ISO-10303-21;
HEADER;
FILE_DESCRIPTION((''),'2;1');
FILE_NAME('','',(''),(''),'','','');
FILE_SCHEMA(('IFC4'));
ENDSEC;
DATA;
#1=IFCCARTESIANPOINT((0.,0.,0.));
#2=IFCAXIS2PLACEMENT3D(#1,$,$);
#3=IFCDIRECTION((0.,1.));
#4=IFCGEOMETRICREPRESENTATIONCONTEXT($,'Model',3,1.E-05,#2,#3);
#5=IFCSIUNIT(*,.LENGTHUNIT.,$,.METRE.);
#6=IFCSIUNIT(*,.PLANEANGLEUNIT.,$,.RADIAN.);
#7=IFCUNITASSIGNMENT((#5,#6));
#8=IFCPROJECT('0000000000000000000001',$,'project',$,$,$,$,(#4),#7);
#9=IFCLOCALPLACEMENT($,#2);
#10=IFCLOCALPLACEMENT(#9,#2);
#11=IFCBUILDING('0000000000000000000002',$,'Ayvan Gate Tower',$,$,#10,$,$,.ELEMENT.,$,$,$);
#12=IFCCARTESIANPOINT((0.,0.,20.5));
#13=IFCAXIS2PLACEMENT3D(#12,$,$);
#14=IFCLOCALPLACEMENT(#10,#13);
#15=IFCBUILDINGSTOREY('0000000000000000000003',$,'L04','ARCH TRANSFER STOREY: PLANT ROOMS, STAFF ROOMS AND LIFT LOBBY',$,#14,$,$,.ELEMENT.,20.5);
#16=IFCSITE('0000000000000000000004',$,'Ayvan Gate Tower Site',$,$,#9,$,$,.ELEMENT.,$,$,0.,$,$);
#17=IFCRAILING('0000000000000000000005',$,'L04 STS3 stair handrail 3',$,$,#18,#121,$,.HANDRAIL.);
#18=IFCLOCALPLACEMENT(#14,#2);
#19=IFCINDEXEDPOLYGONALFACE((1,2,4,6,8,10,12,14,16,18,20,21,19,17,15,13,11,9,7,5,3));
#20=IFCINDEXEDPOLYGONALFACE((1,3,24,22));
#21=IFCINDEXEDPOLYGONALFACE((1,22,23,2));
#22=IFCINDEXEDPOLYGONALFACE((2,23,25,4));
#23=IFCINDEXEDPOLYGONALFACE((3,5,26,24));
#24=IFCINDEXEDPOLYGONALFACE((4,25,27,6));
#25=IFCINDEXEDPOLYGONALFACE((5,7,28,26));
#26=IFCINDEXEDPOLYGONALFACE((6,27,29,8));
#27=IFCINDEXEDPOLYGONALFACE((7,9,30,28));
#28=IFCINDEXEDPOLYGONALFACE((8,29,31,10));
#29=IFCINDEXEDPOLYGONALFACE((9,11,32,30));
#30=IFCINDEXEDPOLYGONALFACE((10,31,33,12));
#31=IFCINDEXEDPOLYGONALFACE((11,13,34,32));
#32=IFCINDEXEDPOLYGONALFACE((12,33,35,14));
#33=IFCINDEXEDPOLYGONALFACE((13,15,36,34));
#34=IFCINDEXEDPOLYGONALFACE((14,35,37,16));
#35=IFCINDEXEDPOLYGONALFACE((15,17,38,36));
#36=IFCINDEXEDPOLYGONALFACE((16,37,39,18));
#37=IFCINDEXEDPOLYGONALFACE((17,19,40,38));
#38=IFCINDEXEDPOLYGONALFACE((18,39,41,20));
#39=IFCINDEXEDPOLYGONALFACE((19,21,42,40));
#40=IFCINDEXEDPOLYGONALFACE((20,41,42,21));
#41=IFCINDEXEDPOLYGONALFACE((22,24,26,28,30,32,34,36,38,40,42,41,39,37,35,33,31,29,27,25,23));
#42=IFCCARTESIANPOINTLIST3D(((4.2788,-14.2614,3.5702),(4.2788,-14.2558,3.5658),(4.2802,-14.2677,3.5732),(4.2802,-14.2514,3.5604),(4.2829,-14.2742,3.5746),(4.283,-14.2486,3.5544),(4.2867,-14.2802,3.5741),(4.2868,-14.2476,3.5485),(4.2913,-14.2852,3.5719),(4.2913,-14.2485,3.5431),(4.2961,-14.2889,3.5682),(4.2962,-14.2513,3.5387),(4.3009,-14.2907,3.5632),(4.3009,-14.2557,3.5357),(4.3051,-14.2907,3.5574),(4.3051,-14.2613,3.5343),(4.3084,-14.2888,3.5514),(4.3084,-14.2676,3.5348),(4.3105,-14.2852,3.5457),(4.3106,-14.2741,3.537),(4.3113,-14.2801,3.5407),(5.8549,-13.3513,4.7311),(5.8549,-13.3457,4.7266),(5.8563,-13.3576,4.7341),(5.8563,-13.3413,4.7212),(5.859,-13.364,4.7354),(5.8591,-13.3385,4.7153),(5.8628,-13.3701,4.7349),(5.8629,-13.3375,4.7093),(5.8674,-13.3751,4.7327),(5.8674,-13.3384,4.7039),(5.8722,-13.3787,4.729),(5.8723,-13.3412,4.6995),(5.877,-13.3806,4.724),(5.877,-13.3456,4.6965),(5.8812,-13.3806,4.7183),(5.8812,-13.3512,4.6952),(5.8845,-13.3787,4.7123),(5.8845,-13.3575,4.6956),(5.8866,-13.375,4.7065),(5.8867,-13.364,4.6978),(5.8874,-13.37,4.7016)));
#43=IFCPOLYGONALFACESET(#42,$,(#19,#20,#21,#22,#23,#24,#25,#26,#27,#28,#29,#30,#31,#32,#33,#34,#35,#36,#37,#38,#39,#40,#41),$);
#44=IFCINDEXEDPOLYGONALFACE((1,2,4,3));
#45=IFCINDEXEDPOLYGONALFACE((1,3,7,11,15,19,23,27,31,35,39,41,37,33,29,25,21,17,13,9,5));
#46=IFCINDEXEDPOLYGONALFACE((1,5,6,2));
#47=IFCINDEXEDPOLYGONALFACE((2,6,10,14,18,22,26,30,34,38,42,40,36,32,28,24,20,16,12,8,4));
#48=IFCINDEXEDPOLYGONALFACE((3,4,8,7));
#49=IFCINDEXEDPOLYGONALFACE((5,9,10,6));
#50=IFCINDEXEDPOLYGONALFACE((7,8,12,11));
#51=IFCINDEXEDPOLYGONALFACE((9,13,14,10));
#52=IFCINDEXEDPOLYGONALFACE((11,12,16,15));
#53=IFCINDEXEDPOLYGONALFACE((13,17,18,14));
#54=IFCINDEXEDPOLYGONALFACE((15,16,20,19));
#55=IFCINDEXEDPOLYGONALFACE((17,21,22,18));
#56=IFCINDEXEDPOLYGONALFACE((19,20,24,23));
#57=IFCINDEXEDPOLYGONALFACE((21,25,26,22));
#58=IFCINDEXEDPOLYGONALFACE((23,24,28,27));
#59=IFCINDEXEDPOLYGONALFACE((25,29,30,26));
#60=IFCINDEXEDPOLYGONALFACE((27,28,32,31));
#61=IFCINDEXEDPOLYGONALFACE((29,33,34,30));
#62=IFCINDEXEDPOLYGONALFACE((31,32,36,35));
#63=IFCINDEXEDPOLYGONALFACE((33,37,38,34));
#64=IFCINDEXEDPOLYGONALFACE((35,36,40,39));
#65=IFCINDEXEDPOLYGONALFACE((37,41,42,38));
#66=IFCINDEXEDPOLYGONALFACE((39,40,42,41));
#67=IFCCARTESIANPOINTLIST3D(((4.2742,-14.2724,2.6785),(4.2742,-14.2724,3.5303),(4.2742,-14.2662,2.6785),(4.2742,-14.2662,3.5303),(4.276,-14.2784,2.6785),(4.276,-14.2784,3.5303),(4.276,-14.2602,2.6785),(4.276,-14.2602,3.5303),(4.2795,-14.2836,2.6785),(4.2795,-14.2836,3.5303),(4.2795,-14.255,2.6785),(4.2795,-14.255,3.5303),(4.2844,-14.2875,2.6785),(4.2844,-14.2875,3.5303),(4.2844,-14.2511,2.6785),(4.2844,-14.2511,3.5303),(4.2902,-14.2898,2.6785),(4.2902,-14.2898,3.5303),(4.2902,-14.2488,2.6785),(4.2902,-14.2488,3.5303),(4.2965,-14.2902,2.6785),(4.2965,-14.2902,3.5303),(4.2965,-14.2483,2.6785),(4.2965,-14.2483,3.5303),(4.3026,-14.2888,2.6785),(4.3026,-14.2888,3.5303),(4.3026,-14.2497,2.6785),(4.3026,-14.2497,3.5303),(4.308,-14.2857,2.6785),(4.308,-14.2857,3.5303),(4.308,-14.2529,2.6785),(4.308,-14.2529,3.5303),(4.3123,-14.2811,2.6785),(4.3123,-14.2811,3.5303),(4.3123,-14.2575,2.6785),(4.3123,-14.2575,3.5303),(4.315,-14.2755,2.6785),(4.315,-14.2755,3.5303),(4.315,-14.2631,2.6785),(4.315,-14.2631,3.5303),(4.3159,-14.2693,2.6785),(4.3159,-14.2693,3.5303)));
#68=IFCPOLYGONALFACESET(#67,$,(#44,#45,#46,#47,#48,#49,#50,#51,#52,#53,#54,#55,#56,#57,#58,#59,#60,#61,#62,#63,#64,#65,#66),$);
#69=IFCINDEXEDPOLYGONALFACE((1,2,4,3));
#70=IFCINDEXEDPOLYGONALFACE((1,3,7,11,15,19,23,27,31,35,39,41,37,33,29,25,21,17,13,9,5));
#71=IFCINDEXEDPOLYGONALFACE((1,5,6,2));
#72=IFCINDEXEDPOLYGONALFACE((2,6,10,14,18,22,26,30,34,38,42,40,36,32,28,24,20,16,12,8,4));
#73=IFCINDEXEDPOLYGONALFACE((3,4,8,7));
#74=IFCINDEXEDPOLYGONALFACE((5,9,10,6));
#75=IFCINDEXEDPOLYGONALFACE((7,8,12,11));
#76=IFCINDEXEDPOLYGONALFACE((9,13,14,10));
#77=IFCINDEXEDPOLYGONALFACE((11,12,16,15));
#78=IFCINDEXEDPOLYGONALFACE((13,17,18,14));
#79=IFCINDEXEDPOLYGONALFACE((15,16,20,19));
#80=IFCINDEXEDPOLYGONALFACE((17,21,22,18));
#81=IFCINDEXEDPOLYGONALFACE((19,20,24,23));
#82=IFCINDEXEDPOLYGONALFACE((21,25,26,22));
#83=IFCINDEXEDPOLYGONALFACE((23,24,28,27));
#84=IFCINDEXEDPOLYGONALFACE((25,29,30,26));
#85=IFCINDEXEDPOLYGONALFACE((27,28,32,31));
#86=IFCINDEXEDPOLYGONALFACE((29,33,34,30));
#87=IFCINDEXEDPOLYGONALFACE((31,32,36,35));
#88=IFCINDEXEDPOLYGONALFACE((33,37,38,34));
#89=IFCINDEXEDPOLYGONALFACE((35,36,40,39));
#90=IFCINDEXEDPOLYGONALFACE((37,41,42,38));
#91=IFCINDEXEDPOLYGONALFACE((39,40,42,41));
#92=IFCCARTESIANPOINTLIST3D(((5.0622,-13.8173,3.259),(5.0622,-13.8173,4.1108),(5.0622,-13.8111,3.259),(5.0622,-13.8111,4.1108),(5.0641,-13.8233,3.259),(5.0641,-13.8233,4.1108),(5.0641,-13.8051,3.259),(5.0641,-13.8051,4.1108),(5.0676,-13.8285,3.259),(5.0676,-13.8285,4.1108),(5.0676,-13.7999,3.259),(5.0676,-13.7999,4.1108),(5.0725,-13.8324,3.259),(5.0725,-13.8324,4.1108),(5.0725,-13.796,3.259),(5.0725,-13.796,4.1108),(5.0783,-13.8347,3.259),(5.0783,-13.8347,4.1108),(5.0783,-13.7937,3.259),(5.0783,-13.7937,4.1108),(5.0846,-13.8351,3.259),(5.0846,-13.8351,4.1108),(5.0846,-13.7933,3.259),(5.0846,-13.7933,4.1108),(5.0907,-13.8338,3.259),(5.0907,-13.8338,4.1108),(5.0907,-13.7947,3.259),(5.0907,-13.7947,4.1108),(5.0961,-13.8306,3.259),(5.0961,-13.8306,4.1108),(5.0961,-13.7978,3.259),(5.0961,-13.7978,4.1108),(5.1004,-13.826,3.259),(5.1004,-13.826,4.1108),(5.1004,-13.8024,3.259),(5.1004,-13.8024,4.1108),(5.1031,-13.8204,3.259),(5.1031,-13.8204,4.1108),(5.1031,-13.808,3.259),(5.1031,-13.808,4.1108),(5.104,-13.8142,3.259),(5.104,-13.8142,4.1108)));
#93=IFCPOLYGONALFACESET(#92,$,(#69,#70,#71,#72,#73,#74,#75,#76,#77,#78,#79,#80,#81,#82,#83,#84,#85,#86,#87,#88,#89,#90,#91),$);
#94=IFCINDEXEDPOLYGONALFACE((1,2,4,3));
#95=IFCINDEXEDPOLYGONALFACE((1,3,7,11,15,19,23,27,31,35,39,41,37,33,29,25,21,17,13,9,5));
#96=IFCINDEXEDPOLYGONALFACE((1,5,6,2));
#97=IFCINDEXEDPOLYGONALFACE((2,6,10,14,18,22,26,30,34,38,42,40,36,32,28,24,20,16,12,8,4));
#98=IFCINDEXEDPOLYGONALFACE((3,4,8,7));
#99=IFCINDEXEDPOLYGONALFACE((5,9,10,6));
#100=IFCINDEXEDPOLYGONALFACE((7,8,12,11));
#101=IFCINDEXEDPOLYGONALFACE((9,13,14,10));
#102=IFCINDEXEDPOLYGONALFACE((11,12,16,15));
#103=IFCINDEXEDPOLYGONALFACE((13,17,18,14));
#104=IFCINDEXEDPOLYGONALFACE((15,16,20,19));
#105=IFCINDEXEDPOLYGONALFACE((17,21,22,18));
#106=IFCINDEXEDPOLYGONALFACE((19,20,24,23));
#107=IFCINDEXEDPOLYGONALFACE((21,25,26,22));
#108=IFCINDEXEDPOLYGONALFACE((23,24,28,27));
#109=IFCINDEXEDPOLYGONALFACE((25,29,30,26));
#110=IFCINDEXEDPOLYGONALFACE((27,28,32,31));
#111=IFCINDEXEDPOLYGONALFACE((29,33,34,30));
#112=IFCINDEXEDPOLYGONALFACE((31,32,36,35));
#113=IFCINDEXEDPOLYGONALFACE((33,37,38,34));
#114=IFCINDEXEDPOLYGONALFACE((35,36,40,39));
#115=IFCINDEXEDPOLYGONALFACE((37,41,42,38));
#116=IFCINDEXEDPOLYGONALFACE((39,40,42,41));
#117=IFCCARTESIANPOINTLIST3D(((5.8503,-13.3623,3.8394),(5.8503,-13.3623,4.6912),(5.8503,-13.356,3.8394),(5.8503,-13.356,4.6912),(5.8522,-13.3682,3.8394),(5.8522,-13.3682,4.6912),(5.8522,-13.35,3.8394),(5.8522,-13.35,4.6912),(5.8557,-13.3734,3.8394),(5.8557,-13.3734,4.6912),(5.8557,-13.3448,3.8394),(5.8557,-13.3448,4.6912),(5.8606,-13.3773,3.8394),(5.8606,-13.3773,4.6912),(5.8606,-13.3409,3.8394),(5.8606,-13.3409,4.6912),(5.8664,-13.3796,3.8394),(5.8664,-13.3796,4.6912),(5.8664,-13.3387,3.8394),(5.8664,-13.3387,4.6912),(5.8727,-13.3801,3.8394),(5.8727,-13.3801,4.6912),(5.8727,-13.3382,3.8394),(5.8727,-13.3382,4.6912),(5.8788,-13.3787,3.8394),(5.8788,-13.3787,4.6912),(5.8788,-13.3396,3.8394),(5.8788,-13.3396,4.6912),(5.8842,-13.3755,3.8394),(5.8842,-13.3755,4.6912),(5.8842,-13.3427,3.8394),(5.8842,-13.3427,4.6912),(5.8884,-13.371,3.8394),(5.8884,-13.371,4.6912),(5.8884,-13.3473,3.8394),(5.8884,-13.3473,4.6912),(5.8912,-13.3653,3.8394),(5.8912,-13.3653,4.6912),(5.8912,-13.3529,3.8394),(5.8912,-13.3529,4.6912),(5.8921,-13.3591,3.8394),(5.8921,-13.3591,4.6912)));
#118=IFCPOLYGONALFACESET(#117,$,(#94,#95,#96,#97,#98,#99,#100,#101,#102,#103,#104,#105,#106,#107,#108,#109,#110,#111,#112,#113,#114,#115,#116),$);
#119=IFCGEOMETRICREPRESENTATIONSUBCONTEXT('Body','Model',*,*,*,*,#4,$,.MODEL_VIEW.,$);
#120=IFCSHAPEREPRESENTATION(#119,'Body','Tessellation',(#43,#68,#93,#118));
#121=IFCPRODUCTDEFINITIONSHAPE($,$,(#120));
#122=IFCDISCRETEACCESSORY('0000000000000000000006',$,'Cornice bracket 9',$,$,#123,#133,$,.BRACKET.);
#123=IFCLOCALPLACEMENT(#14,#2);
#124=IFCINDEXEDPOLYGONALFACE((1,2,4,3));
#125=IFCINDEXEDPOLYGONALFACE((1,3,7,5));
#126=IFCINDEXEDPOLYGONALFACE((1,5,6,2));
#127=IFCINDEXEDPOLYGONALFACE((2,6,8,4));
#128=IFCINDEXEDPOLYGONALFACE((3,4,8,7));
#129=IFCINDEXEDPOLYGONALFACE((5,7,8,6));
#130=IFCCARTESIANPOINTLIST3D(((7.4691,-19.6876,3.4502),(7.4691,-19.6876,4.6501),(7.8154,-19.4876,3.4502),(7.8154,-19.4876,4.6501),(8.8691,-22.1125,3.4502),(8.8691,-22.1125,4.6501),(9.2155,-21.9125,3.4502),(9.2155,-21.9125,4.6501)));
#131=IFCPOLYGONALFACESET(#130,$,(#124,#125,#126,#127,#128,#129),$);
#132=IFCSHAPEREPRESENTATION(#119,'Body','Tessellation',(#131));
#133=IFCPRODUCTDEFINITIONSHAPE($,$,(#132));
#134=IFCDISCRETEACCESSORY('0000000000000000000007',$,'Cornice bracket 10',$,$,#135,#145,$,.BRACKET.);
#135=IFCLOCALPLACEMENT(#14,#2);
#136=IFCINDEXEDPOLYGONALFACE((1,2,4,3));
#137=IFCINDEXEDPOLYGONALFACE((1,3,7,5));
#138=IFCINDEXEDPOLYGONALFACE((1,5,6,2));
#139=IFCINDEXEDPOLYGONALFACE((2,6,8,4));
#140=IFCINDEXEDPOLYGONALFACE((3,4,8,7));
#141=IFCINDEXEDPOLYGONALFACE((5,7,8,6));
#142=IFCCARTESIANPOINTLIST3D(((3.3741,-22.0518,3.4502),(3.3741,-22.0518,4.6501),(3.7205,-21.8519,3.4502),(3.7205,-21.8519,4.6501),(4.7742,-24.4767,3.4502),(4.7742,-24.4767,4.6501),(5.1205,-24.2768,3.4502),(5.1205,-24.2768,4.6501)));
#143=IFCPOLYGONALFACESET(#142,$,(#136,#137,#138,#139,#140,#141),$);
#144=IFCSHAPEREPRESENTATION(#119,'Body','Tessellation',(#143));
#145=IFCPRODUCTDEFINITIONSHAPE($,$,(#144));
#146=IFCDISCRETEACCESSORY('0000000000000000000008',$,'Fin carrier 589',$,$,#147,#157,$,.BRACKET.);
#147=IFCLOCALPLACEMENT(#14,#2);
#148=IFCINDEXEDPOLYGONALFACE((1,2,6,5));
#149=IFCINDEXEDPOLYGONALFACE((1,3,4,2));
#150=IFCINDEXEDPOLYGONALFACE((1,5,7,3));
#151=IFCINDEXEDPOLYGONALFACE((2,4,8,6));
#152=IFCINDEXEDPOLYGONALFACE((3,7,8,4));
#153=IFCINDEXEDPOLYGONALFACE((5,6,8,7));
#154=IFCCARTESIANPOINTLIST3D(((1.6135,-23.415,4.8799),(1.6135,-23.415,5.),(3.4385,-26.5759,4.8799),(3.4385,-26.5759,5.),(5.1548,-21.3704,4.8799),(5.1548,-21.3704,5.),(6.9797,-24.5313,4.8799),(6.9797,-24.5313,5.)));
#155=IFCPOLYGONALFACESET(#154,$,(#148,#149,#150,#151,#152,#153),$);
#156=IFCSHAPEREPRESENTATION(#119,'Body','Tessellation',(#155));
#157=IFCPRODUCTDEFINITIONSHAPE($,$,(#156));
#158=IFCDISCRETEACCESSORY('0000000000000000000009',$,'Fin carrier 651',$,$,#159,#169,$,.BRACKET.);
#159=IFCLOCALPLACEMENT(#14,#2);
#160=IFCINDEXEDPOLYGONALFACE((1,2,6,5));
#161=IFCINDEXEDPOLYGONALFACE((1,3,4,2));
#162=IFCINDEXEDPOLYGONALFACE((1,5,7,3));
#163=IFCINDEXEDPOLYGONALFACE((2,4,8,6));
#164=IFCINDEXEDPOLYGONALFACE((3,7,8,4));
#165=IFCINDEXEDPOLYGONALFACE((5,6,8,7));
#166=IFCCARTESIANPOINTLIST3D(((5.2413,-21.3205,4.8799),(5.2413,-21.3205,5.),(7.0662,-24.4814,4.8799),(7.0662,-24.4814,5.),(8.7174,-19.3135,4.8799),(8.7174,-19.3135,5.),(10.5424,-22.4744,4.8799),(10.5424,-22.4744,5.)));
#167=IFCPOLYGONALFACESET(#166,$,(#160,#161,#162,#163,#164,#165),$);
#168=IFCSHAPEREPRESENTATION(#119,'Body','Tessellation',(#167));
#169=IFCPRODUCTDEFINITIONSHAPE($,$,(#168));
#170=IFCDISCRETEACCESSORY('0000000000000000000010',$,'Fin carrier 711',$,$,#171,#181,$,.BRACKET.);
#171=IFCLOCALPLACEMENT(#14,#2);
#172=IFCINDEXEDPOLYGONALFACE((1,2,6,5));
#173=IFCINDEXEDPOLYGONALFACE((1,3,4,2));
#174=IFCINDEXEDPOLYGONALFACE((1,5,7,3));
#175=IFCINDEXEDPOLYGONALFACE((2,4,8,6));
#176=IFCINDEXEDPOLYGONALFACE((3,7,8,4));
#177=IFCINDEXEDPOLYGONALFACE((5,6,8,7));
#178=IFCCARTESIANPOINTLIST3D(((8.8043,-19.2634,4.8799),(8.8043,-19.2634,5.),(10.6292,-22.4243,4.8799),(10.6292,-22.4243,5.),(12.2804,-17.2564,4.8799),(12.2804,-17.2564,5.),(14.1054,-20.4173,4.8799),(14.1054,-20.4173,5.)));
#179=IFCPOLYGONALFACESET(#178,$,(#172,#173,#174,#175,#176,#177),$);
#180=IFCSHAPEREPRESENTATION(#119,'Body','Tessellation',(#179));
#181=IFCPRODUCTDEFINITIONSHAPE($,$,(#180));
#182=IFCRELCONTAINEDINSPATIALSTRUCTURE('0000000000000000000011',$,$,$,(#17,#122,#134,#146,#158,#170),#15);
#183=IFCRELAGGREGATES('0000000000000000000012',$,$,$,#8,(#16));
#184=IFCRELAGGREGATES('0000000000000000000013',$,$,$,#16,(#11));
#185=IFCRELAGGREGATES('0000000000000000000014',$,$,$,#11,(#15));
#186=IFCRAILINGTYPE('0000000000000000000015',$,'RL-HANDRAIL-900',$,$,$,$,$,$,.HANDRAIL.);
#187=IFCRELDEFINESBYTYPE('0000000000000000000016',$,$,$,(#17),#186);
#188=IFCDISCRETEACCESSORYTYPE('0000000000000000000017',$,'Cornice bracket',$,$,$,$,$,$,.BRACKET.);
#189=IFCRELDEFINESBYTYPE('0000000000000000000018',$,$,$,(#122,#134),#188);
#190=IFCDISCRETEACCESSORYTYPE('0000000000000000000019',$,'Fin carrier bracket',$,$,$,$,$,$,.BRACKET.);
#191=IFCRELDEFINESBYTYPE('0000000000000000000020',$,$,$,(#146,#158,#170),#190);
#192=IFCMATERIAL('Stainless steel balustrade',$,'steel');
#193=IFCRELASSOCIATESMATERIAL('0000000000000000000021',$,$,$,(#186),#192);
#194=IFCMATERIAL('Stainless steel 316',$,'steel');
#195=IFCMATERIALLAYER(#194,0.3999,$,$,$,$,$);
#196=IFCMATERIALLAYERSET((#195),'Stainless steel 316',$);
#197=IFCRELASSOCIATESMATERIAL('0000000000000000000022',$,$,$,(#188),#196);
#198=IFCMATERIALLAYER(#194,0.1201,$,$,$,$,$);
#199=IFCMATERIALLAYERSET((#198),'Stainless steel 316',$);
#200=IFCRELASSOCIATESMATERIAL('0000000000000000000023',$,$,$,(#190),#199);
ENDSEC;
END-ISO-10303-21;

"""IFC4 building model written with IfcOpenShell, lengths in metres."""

from ifc_helpers import new_model, si_unit, direction, frame, origin, origin_2d, place, context, subcontext, project, spatial, rectangle, circle, extrude, material, layer, layer_set, type_object, element, save


model = new_model("IFC4")

# Units and contexts
model_context = context("Model", 3, precision=1e-05, world=origin(), true_north=direction((0.0, 1.0)))
body_context = subcontext(model_context, "Body", "Model", "MODEL_VIEW")
ifc_project = project(units=[si_unit("LENGTHUNIT", "METRE"), si_unit("PLANEANGLEUNIT", "RADIAN")], contexts=[model_context])

# Site, building, storey
site_placement = place(None, origin())
site = spatial("IfcSite", under=ifc_project, at=site_placement, Name="Ayvan Gate Tower Site", CompositionType="ELEMENT", RefElevation=0.0)
building_placement = place(site_placement, origin())
building = spatial("IfcBuilding", under=site, at=building_placement, Name="Ayvan Gate Tower", CompositionType="ELEMENT")
storey_placement = place(building_placement, frame((0.0, 0.0, 20.5)))
storey = spatial("IfcBuildingStorey", under=building, at=storey_placement, Name="L04", Description="ARCH TRANSFER STOREY: PLANT ROOMS, STAFF ROOMS AND LIFT LOBBY", CompositionType="ELEMENT", Elevation=20.5)

# Railing
ifc_material_1 = material(Name="Stainless steel balustrade", Category="steel")
railing_type = type_object("IfcRailingType", Name="RL-HANDRAIL-900", PredefinedType="HANDRAIL", material=ifc_material_1)
railing_placement = place(storey_placement, frame((4.2949, -14.2693, 2.6785)))
element("IfcRailing", 1, at=railing_placement, inside=storey, type_object=railing_type, Name="L04 STS3 stair handrail 3", PredefinedType="HANDRAIL", context=body_context, shape_type="SweptSolid", body=[
    extrude(circle(Radius=0.0239, at=origin_2d()), frame((0.0, 0.0, 0.876), z_axis=(0.730119, 0.421605, 0.53775), x_axis=(-0.500063, 0.865989, 0.0)), (0.0, 0.0, 1.0), 2.1587),
    extrude(circle(Radius=0.021, at=origin_2d()), origin(), (0.0, 0.0, 1.0), 0.8518),
    extrude(circle(Radius=0.021, at=origin_2d()), frame((0.7881, 0.4551, 0.5806)), (0.0, 0.0, 1.0), 0.8518),
    extrude(circle(Radius=0.021, at=origin_2d()), frame((1.5762, 0.9102, 1.1609)), (0.0, 0.0, 1.0), 0.8518),
])

# Discrete accessories
ifc_material_2 = material(Name="Stainless steel 316", Category="steel")
ifc_layer_1 = layer(ifc_material_2, 0.3999)
ifc_layer_set_1 = layer_set([ifc_layer_1], Name="Stainless steel 316")
discrete_accessory_type_1 = type_object("IfcDiscreteAccessoryType", Name="Cornice bracket", PredefinedType="BRACKET", material=ifc_layer_set_1)
for number, where, z_axis, x_axis, name in (
    (2, (8.3423, -20.8, 3.4502), (0.0, 0.0, 1.0), (0.5, -0.866025, 0.0), "Cornice bracket 9"),
    (3, (4.2473, -23.1643, 3.4502), (0.0, 0.0, 1.0), (0.5, -0.866025, 0.0), "Cornice bracket 10"),
):
    element("IfcDiscreteAccessory", number, at=place(storey_placement, frame(where, z_axis=z_axis, x_axis=x_axis)), inside=storey, type_object=discrete_accessory_type_1, Name=name, PredefinedType="BRACKET", context=body_context, shape_type="SweptSolid", body=[
        extrude(rectangle(XDim=2.8, YDim=0.3999, at=origin_2d()), origin(), (0.0, 0.0, 1.0), 1.2),
    ])
ifc_layer_2 = layer(ifc_material_2, 0.1201)
ifc_layer_set_2 = layer_set([ifc_layer_2], Name="Stainless steel 316")
discrete_accessory_type_2 = type_object("IfcDiscreteAccessoryType", Name="Fin carrier bracket", PredefinedType="BRACKET", material=ifc_layer_set_2)
discrete_accessory_placement = place(storey_placement, frame((4.2966, -23.9731, 4.8799), z_axis=(0.0, 0.0, 1.0), x_axis=(0.866025, 0.5, 0.0)))
element("IfcDiscreteAccessory", 4, at=discrete_accessory_placement, inside=storey, type_object=discrete_accessory_type_2, Name="Fin carrier 589", PredefinedType="BRACKET", context=body_context, shape_type="SweptSolid", body=[
    extrude(rectangle(XDim=4.0891, YDim=3.6499, at=origin_2d()), origin(), (0.0, 0.0, 1.0), 0.1201),
])
for number, where, z_axis, x_axis, name in (
    (5, (7.8918, -21.8975, 4.8799), (0.0, 0.0, 1.0), (0.866025, 0.5, 0.0), "Fin carrier 651"),
    (6, (11.4548, -19.8403, 4.8799), (0.0, 0.0, 1.0), (0.866025, 0.5, 0.0), "Fin carrier 711"),
):
    element("IfcDiscreteAccessory", number, at=place(storey_placement, frame(where, z_axis=z_axis, x_axis=x_axis)), inside=storey, type_object=discrete_accessory_type_2, Name=name, PredefinedType="BRACKET", context=body_context, shape_type="SweptSolid", body=[
        extrude(rectangle(XDim=4.0139, YDim=3.6499, at=origin_2d()), origin(), (0.0, 0.0, 1.0), 0.1201),
    ])

save(model, "model.ifc")
